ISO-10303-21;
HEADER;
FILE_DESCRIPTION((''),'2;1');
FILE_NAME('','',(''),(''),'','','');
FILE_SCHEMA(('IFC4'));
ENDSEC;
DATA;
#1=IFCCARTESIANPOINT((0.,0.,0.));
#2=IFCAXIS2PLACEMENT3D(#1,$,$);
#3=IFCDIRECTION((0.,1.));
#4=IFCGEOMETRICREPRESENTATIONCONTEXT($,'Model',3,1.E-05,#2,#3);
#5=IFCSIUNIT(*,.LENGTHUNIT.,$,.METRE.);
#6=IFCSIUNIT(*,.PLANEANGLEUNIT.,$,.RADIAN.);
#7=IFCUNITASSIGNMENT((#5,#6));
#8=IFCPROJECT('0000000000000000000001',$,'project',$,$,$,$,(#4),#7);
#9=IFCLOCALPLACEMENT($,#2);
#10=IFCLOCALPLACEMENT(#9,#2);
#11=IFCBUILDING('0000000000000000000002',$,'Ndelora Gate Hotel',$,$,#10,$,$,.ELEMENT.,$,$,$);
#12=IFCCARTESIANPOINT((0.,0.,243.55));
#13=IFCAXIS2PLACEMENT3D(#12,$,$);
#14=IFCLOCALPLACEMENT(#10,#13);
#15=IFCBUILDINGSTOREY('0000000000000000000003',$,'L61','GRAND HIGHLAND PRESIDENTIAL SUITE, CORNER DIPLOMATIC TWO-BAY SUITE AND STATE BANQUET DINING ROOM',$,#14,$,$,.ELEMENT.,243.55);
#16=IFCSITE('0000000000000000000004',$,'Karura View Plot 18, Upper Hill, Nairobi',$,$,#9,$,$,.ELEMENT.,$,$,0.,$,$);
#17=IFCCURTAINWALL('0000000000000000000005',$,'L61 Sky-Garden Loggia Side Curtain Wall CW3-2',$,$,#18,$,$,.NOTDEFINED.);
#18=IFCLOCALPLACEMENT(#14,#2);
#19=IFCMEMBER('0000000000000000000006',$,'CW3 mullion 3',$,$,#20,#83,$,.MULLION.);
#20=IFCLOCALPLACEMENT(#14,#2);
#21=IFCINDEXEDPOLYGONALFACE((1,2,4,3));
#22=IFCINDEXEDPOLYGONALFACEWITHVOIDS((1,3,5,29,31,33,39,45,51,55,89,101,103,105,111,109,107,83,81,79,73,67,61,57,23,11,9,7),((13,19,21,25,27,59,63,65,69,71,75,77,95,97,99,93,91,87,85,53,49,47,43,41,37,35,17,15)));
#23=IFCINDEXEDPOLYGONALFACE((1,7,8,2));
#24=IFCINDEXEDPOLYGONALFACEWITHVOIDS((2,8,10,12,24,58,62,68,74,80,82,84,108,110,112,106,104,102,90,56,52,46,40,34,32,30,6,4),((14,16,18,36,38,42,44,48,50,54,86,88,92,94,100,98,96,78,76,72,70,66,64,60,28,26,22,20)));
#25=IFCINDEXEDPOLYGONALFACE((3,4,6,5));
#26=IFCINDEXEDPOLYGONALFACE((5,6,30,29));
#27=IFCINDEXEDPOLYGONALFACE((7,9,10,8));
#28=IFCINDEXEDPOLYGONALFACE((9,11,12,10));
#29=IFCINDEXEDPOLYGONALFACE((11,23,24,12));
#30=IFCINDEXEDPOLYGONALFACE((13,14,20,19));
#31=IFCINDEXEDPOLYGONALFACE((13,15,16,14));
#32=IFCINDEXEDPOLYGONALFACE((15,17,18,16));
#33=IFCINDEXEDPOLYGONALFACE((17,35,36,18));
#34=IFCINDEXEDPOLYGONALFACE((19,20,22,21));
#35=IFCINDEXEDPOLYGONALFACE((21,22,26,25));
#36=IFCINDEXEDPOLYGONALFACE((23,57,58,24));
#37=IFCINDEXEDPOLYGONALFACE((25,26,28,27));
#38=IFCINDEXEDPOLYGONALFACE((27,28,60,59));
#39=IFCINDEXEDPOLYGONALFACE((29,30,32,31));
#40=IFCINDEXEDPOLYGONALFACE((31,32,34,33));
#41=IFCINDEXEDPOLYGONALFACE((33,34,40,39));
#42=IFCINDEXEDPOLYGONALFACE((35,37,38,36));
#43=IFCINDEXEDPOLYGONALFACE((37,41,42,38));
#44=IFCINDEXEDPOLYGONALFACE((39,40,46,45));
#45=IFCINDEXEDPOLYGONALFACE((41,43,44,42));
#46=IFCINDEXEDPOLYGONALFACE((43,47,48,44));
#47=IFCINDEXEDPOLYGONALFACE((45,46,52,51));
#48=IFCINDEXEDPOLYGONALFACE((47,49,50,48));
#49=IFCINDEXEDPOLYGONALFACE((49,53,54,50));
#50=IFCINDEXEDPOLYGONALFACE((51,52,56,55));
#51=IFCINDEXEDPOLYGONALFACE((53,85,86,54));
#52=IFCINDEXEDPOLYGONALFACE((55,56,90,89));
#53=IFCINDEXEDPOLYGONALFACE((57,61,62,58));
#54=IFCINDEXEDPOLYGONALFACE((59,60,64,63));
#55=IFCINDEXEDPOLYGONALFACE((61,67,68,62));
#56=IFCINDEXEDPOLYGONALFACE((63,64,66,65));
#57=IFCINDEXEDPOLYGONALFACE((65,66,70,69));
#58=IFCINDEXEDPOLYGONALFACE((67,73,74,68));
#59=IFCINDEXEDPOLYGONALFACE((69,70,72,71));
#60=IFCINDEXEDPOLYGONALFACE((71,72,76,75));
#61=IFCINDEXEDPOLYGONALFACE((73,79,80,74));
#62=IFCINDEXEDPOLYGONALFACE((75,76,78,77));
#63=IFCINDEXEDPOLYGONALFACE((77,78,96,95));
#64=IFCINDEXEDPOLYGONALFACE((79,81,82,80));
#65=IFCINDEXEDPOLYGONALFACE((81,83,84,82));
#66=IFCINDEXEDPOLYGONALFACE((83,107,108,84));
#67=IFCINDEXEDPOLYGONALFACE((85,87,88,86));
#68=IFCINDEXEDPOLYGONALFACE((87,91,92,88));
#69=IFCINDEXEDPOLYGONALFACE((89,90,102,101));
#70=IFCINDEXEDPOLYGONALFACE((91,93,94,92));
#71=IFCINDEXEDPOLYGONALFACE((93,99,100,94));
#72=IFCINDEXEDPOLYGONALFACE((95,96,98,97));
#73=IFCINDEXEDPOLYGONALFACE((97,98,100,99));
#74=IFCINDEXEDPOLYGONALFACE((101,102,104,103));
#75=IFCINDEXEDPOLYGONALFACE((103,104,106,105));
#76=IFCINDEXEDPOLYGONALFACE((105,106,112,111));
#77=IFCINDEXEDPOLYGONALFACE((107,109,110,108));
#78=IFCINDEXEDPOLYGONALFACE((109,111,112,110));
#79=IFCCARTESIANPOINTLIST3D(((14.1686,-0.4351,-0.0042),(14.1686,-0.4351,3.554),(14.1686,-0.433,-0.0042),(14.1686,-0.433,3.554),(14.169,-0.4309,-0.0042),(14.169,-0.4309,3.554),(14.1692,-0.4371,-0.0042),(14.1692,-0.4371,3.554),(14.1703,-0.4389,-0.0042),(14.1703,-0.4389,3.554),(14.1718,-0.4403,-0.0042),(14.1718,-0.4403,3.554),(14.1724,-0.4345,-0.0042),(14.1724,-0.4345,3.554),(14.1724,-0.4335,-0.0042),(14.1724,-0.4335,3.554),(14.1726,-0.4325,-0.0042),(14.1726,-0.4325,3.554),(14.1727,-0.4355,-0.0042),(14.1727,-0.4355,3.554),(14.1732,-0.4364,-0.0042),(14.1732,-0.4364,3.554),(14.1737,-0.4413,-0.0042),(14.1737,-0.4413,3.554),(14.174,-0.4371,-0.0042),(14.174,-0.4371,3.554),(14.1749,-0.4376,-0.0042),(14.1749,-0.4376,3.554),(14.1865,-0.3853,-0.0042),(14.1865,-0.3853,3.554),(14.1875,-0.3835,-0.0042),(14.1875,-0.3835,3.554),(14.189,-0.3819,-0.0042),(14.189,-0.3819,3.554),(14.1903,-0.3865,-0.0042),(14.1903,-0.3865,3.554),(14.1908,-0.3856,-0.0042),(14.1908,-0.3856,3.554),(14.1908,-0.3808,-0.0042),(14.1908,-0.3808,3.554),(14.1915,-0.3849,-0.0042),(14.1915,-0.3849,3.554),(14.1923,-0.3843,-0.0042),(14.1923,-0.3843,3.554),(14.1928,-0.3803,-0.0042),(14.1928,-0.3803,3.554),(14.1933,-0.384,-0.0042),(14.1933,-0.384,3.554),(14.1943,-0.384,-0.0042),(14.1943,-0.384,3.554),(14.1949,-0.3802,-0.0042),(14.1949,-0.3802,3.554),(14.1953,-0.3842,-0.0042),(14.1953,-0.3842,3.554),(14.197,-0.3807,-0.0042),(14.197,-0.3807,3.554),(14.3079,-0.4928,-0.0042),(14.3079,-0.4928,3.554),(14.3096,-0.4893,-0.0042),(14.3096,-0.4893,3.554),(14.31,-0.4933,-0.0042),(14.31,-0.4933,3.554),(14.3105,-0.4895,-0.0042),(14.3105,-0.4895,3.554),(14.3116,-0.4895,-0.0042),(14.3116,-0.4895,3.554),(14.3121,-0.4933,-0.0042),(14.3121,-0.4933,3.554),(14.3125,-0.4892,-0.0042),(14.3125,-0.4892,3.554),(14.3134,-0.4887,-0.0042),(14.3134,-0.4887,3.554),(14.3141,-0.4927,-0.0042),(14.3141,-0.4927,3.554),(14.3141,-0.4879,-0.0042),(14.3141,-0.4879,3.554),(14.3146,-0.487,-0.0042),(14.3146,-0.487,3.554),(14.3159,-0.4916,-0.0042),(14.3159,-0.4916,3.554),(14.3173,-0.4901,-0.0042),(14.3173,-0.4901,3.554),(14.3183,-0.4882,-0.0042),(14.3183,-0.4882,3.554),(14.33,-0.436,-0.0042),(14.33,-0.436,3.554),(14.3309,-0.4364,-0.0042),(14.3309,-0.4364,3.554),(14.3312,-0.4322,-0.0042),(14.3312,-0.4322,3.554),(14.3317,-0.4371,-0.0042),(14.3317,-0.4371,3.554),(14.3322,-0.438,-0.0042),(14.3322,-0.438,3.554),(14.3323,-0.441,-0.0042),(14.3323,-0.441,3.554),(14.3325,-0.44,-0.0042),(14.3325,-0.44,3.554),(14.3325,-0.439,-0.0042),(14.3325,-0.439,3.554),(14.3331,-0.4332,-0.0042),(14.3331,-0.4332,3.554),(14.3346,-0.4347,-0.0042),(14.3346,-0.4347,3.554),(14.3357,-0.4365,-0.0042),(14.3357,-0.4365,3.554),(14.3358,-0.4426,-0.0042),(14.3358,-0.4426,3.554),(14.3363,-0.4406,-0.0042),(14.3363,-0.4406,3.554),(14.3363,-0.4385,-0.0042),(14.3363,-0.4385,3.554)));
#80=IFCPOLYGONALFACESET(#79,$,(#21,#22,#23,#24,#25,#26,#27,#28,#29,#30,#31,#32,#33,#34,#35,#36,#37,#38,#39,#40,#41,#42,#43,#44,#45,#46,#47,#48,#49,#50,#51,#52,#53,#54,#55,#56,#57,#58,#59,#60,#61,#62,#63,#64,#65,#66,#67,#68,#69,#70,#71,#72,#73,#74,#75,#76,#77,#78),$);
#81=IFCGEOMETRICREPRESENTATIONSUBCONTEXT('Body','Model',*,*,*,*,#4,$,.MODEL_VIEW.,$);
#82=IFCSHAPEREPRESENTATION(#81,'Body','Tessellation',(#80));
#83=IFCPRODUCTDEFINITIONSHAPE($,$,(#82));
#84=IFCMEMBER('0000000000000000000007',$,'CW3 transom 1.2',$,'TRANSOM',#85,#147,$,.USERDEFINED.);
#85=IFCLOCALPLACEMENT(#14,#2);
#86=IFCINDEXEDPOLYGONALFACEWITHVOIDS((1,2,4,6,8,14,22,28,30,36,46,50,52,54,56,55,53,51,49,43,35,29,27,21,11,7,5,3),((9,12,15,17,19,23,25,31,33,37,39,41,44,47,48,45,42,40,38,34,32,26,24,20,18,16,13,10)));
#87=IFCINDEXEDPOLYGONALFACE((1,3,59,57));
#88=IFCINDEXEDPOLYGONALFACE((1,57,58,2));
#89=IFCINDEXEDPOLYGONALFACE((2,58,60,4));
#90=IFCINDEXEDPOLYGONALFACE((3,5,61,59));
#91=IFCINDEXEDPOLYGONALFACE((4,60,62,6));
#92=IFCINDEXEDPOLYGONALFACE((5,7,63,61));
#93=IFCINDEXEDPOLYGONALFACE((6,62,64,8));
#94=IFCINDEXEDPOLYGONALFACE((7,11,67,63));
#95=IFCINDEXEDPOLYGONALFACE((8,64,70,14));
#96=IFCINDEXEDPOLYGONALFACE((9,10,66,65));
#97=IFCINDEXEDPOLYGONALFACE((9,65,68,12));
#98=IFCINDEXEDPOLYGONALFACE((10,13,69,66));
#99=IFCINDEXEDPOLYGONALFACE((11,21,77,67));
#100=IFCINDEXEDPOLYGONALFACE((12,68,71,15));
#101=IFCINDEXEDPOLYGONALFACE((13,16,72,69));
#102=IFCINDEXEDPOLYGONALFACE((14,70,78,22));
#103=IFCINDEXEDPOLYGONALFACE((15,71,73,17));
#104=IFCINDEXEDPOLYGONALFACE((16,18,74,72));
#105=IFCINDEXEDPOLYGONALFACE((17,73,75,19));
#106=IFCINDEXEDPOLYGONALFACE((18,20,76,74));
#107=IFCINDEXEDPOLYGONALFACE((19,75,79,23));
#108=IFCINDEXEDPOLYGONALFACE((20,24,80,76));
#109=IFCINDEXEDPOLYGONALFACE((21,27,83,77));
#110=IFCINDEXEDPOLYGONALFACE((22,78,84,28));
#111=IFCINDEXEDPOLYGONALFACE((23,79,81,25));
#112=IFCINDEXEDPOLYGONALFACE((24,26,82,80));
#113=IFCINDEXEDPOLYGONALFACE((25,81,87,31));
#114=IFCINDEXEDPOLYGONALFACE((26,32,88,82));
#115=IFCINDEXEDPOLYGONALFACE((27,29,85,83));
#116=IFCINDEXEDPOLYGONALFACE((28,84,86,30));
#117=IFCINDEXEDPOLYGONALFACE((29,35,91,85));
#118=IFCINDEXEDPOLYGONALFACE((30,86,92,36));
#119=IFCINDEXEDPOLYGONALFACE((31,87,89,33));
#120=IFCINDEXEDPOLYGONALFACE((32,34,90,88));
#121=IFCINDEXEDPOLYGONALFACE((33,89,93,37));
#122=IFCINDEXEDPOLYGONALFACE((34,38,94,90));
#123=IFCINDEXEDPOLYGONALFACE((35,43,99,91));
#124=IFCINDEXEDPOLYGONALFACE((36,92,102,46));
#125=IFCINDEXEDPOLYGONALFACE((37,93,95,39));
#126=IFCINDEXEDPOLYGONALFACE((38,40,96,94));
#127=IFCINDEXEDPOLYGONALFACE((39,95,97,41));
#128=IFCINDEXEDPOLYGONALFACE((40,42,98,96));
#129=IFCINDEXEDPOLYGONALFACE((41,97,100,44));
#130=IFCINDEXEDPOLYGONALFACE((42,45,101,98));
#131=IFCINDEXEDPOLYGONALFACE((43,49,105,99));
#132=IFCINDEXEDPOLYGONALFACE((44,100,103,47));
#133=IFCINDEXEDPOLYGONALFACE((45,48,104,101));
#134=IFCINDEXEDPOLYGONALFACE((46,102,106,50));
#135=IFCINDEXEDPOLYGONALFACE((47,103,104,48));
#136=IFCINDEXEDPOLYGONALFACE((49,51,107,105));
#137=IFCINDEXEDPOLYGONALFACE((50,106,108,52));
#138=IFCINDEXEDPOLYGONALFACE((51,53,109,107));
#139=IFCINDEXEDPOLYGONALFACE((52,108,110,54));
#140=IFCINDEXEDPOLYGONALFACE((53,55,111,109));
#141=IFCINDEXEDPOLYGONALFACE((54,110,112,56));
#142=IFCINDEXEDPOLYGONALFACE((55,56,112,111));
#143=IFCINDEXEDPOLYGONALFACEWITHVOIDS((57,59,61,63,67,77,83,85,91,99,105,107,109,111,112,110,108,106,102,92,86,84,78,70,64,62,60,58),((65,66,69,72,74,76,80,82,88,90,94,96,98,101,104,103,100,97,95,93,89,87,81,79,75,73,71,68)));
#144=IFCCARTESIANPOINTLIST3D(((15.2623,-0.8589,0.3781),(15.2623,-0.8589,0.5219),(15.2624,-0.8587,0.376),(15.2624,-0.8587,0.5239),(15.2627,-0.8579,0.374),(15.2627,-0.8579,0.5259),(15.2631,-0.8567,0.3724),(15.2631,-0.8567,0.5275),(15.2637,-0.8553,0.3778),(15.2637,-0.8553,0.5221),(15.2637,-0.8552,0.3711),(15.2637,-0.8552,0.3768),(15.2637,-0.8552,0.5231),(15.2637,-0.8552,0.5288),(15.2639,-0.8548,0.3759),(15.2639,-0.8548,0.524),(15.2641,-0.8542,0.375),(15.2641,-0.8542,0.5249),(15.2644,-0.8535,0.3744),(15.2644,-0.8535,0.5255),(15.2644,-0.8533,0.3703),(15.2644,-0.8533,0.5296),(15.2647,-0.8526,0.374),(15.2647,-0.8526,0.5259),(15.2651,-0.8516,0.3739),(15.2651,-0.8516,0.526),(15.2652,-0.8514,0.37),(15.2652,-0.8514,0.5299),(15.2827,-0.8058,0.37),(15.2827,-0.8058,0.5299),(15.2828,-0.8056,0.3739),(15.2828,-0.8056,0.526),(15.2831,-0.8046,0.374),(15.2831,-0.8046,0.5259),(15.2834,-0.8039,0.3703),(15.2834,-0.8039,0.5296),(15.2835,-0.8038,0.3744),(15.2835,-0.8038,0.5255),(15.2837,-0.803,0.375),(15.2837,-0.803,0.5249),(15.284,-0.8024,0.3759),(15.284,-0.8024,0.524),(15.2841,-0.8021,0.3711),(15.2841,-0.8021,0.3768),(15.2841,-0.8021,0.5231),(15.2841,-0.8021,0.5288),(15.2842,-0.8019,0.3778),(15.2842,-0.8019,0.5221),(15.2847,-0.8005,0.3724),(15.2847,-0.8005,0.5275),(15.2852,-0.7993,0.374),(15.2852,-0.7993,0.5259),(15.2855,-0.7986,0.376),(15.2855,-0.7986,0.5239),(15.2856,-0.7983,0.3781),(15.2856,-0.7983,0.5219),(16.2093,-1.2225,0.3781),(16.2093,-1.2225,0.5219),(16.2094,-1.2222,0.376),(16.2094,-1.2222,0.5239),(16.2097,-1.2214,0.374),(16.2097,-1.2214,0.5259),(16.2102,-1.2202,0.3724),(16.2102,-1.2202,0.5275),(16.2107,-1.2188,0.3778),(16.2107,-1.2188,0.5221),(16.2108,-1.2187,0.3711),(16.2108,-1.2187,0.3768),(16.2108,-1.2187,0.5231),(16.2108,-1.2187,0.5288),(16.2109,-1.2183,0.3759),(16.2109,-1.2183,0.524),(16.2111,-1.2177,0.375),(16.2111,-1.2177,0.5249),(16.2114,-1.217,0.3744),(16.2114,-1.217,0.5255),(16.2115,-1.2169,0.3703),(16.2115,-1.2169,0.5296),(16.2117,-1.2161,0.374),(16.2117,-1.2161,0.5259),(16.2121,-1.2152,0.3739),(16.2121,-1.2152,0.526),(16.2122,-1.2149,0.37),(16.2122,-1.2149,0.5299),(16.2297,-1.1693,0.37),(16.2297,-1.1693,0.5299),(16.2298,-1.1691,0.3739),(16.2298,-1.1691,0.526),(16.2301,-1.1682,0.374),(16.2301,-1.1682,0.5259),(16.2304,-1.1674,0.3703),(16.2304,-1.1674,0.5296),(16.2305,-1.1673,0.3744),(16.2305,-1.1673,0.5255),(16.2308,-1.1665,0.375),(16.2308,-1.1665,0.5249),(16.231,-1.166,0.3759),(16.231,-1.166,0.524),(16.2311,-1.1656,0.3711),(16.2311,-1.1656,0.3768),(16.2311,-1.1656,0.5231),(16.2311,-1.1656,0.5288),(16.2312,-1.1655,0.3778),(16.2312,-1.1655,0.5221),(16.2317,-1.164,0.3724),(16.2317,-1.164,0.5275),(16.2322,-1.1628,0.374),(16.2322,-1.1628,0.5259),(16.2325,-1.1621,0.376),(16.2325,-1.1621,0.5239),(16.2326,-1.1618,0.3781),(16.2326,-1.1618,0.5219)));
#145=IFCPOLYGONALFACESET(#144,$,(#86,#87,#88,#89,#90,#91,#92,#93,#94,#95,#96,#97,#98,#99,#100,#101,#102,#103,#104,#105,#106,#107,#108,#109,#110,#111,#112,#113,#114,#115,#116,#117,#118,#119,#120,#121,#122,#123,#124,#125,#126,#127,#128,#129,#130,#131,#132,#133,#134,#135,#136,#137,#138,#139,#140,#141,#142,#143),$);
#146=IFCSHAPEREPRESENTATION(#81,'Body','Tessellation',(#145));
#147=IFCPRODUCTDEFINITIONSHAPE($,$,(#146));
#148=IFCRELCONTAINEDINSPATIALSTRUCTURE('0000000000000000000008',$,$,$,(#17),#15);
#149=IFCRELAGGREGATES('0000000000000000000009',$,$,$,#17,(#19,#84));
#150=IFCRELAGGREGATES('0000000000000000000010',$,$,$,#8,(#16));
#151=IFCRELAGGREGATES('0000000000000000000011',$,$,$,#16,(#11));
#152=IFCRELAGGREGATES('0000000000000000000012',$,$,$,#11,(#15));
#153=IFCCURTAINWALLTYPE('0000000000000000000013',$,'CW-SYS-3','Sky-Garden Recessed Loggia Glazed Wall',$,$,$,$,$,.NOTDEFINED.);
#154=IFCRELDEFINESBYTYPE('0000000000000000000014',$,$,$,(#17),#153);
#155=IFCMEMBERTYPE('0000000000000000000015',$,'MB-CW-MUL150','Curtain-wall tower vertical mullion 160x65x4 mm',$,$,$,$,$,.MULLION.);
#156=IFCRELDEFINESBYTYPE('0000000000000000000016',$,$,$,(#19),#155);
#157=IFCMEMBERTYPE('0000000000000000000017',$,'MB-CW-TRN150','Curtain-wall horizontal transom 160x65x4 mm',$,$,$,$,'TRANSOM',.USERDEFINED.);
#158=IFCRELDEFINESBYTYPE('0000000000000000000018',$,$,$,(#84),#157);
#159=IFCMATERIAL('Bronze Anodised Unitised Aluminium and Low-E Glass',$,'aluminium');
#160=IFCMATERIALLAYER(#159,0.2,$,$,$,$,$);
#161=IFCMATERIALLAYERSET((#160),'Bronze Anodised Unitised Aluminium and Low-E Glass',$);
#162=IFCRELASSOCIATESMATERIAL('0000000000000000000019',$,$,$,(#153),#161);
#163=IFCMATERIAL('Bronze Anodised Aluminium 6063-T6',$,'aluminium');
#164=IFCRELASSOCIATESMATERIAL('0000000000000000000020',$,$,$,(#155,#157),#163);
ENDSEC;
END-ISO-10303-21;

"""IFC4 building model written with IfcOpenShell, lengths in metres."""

from ifc_helpers import new_model, si_unit, direction, frame, origin, origin_2d, place, context, subcontext, project, spatial, hollow_rectangle, extrude, material, layer, layer_set, material_profile, profile_set, type_object, element, aggregate, save


model = new_model("IFC4")

# Units and contexts
model_context = context("Model", 3, precision=1e-05, world=origin(), true_north=direction((0.0, 1.0)))
body_context = subcontext(model_context, "Body", "Model", "MODEL_VIEW")
ifc_project = project(units=[si_unit("LENGTHUNIT", "METRE"), si_unit("PLANEANGLEUNIT", "RADIAN")], contexts=[model_context])

# Site, building, storey
site_placement = place(None, origin())
site = spatial("IfcSite", under=ifc_project, at=site_placement, Name="Karura View Plot 18, Upper Hill, Nairobi", CompositionType="ELEMENT", RefElevation=0.0)
building_placement = place(site_placement, origin())
building = spatial("IfcBuilding", under=site, at=building_placement, Name="Ndelora Gate Hotel", CompositionType="ELEMENT")
storey_placement = place(building_placement, frame((0.0, 0.0, 243.55)))
storey = spatial("IfcBuildingStorey", under=building, at=storey_placement, Name="L61", Description="GRAND HIGHLAND PRESIDENTIAL SUITE, CORNER DIPLOMATIC TWO-BAY SUITE AND STATE BANQUET DINING ROOM", CompositionType="ELEMENT", Elevation=243.55)

# Curtain wall, members
ifc_material_1 = material(Name="Bronze Anodised Unitised Aluminium and Low-E Glass", Category="aluminium")
ifc_layer_1 = layer(ifc_material_1, 0.2)
ifc_layer_set_1 = layer_set([ifc_layer_1], Name="Bronze Anodised Unitised Aluminium and Low-E Glass")
curtain_wall_type = type_object("IfcCurtainWallType", Name="CW-SYS-3", Description="Sky-Garden Recessed Loggia Glazed Wall", PredefinedType="NOTDEFINED", material=ifc_layer_set_1)
curtain_wall_placement = place(storey_placement, origin())
curtain_wall = element("IfcCurtainWall", 1, at=curtain_wall_placement, inside=storey, type_object=curtain_wall_type, Name="L61 Sky-Garden Loggia Side Curtain Wall CW3-2", PredefinedType="NOTDEFINED")
ifc_material_2 = material(Name="Bronze Anodised Aluminium 6063-T6", Category="aluminium")
ifc_material_profile_1 = material_profile(ifc_material_2, hollow_rectangle(XDim=0.0649, YDim=0.1599, WallThickness=0.0039, InnerFilletRadius=0.0039, OuterFilletRadius=0.0081, at=origin_2d()), Name="ALU 160x65x4")
ifc_profile_set_1 = profile_set([ifc_material_profile_1], Name="Bronze Anodised Aluminium 6063-T6")
member_type_1 = type_object("IfcMemberType", Name="MB-CW-MUL150", Description="Curtain-wall tower vertical mullion 160x65x4 mm", PredefinedType="MULLION", material=ifc_profile_set_1)
member_1_placement = place(storey_placement, frame((14.2524, -0.4368, -0.0042), z_axis=(0.0, 0.0, 1.0), x_axis=(-0.358361, -0.933583, 0.0)))
member_1 = element("IfcMember", 2, at=member_1_placement, type_object=member_type_1, Name="CW3 mullion 3", PredefinedType="MULLION", context=body_context, shape_type="SweptSolid", body=[
    extrude(hollow_rectangle(XDim=0.0649, YDim=0.1599, WallThickness=0.0039, InnerFilletRadius=0.0039, OuterFilletRadius=0.0081, at=origin_2d()), origin(), (0.0, 0.0, 1.0), 3.5581),
])
ifc_material_profile_2 = material_profile(ifc_material_2, hollow_rectangle(XDim=0.0649, YDim=0.1599, WallThickness=0.0039, InnerFilletRadius=0.0039, OuterFilletRadius=0.0081, at=origin_2d()), Name="ALU 160x65x4")
ifc_profile_set_2 = profile_set([ifc_material_profile_2], Name="Bronze Anodised Aluminium 6063-T6")
member_type_2 = type_object("IfcMemberType", Name="MB-CW-TRN150", Description="Curtain-wall horizontal transom 160x65x4 mm", ElementType="TRANSOM", PredefinedType="USERDEFINED", material=ifc_profile_set_2)
member_2_placement = place(storey_placement, frame((16.2209, -1.1921, 0.45), z_axis=(-0.933581, 0.358366, 0.0), x_axis=(-0.358366, -0.933581, 0.0)))
member_2 = element("IfcMember", 3, at=member_2_placement, type_object=member_type_2, Name="CW3 transom 1.2", ObjectType="TRANSOM", PredefinedType="USERDEFINED", context=body_context, shape_type="SweptSolid", body=[
    extrude(hollow_rectangle(XDim=0.0649, YDim=0.1599, WallThickness=0.0039, InnerFilletRadius=0.0039, OuterFilletRadius=0.0081, at=origin_2d()), origin(), (0.0, 0.0, 1.0), 1.0144),
])
aggregate(curtain_wall, [member_1, member_2])

save(model, "model.ifc")
